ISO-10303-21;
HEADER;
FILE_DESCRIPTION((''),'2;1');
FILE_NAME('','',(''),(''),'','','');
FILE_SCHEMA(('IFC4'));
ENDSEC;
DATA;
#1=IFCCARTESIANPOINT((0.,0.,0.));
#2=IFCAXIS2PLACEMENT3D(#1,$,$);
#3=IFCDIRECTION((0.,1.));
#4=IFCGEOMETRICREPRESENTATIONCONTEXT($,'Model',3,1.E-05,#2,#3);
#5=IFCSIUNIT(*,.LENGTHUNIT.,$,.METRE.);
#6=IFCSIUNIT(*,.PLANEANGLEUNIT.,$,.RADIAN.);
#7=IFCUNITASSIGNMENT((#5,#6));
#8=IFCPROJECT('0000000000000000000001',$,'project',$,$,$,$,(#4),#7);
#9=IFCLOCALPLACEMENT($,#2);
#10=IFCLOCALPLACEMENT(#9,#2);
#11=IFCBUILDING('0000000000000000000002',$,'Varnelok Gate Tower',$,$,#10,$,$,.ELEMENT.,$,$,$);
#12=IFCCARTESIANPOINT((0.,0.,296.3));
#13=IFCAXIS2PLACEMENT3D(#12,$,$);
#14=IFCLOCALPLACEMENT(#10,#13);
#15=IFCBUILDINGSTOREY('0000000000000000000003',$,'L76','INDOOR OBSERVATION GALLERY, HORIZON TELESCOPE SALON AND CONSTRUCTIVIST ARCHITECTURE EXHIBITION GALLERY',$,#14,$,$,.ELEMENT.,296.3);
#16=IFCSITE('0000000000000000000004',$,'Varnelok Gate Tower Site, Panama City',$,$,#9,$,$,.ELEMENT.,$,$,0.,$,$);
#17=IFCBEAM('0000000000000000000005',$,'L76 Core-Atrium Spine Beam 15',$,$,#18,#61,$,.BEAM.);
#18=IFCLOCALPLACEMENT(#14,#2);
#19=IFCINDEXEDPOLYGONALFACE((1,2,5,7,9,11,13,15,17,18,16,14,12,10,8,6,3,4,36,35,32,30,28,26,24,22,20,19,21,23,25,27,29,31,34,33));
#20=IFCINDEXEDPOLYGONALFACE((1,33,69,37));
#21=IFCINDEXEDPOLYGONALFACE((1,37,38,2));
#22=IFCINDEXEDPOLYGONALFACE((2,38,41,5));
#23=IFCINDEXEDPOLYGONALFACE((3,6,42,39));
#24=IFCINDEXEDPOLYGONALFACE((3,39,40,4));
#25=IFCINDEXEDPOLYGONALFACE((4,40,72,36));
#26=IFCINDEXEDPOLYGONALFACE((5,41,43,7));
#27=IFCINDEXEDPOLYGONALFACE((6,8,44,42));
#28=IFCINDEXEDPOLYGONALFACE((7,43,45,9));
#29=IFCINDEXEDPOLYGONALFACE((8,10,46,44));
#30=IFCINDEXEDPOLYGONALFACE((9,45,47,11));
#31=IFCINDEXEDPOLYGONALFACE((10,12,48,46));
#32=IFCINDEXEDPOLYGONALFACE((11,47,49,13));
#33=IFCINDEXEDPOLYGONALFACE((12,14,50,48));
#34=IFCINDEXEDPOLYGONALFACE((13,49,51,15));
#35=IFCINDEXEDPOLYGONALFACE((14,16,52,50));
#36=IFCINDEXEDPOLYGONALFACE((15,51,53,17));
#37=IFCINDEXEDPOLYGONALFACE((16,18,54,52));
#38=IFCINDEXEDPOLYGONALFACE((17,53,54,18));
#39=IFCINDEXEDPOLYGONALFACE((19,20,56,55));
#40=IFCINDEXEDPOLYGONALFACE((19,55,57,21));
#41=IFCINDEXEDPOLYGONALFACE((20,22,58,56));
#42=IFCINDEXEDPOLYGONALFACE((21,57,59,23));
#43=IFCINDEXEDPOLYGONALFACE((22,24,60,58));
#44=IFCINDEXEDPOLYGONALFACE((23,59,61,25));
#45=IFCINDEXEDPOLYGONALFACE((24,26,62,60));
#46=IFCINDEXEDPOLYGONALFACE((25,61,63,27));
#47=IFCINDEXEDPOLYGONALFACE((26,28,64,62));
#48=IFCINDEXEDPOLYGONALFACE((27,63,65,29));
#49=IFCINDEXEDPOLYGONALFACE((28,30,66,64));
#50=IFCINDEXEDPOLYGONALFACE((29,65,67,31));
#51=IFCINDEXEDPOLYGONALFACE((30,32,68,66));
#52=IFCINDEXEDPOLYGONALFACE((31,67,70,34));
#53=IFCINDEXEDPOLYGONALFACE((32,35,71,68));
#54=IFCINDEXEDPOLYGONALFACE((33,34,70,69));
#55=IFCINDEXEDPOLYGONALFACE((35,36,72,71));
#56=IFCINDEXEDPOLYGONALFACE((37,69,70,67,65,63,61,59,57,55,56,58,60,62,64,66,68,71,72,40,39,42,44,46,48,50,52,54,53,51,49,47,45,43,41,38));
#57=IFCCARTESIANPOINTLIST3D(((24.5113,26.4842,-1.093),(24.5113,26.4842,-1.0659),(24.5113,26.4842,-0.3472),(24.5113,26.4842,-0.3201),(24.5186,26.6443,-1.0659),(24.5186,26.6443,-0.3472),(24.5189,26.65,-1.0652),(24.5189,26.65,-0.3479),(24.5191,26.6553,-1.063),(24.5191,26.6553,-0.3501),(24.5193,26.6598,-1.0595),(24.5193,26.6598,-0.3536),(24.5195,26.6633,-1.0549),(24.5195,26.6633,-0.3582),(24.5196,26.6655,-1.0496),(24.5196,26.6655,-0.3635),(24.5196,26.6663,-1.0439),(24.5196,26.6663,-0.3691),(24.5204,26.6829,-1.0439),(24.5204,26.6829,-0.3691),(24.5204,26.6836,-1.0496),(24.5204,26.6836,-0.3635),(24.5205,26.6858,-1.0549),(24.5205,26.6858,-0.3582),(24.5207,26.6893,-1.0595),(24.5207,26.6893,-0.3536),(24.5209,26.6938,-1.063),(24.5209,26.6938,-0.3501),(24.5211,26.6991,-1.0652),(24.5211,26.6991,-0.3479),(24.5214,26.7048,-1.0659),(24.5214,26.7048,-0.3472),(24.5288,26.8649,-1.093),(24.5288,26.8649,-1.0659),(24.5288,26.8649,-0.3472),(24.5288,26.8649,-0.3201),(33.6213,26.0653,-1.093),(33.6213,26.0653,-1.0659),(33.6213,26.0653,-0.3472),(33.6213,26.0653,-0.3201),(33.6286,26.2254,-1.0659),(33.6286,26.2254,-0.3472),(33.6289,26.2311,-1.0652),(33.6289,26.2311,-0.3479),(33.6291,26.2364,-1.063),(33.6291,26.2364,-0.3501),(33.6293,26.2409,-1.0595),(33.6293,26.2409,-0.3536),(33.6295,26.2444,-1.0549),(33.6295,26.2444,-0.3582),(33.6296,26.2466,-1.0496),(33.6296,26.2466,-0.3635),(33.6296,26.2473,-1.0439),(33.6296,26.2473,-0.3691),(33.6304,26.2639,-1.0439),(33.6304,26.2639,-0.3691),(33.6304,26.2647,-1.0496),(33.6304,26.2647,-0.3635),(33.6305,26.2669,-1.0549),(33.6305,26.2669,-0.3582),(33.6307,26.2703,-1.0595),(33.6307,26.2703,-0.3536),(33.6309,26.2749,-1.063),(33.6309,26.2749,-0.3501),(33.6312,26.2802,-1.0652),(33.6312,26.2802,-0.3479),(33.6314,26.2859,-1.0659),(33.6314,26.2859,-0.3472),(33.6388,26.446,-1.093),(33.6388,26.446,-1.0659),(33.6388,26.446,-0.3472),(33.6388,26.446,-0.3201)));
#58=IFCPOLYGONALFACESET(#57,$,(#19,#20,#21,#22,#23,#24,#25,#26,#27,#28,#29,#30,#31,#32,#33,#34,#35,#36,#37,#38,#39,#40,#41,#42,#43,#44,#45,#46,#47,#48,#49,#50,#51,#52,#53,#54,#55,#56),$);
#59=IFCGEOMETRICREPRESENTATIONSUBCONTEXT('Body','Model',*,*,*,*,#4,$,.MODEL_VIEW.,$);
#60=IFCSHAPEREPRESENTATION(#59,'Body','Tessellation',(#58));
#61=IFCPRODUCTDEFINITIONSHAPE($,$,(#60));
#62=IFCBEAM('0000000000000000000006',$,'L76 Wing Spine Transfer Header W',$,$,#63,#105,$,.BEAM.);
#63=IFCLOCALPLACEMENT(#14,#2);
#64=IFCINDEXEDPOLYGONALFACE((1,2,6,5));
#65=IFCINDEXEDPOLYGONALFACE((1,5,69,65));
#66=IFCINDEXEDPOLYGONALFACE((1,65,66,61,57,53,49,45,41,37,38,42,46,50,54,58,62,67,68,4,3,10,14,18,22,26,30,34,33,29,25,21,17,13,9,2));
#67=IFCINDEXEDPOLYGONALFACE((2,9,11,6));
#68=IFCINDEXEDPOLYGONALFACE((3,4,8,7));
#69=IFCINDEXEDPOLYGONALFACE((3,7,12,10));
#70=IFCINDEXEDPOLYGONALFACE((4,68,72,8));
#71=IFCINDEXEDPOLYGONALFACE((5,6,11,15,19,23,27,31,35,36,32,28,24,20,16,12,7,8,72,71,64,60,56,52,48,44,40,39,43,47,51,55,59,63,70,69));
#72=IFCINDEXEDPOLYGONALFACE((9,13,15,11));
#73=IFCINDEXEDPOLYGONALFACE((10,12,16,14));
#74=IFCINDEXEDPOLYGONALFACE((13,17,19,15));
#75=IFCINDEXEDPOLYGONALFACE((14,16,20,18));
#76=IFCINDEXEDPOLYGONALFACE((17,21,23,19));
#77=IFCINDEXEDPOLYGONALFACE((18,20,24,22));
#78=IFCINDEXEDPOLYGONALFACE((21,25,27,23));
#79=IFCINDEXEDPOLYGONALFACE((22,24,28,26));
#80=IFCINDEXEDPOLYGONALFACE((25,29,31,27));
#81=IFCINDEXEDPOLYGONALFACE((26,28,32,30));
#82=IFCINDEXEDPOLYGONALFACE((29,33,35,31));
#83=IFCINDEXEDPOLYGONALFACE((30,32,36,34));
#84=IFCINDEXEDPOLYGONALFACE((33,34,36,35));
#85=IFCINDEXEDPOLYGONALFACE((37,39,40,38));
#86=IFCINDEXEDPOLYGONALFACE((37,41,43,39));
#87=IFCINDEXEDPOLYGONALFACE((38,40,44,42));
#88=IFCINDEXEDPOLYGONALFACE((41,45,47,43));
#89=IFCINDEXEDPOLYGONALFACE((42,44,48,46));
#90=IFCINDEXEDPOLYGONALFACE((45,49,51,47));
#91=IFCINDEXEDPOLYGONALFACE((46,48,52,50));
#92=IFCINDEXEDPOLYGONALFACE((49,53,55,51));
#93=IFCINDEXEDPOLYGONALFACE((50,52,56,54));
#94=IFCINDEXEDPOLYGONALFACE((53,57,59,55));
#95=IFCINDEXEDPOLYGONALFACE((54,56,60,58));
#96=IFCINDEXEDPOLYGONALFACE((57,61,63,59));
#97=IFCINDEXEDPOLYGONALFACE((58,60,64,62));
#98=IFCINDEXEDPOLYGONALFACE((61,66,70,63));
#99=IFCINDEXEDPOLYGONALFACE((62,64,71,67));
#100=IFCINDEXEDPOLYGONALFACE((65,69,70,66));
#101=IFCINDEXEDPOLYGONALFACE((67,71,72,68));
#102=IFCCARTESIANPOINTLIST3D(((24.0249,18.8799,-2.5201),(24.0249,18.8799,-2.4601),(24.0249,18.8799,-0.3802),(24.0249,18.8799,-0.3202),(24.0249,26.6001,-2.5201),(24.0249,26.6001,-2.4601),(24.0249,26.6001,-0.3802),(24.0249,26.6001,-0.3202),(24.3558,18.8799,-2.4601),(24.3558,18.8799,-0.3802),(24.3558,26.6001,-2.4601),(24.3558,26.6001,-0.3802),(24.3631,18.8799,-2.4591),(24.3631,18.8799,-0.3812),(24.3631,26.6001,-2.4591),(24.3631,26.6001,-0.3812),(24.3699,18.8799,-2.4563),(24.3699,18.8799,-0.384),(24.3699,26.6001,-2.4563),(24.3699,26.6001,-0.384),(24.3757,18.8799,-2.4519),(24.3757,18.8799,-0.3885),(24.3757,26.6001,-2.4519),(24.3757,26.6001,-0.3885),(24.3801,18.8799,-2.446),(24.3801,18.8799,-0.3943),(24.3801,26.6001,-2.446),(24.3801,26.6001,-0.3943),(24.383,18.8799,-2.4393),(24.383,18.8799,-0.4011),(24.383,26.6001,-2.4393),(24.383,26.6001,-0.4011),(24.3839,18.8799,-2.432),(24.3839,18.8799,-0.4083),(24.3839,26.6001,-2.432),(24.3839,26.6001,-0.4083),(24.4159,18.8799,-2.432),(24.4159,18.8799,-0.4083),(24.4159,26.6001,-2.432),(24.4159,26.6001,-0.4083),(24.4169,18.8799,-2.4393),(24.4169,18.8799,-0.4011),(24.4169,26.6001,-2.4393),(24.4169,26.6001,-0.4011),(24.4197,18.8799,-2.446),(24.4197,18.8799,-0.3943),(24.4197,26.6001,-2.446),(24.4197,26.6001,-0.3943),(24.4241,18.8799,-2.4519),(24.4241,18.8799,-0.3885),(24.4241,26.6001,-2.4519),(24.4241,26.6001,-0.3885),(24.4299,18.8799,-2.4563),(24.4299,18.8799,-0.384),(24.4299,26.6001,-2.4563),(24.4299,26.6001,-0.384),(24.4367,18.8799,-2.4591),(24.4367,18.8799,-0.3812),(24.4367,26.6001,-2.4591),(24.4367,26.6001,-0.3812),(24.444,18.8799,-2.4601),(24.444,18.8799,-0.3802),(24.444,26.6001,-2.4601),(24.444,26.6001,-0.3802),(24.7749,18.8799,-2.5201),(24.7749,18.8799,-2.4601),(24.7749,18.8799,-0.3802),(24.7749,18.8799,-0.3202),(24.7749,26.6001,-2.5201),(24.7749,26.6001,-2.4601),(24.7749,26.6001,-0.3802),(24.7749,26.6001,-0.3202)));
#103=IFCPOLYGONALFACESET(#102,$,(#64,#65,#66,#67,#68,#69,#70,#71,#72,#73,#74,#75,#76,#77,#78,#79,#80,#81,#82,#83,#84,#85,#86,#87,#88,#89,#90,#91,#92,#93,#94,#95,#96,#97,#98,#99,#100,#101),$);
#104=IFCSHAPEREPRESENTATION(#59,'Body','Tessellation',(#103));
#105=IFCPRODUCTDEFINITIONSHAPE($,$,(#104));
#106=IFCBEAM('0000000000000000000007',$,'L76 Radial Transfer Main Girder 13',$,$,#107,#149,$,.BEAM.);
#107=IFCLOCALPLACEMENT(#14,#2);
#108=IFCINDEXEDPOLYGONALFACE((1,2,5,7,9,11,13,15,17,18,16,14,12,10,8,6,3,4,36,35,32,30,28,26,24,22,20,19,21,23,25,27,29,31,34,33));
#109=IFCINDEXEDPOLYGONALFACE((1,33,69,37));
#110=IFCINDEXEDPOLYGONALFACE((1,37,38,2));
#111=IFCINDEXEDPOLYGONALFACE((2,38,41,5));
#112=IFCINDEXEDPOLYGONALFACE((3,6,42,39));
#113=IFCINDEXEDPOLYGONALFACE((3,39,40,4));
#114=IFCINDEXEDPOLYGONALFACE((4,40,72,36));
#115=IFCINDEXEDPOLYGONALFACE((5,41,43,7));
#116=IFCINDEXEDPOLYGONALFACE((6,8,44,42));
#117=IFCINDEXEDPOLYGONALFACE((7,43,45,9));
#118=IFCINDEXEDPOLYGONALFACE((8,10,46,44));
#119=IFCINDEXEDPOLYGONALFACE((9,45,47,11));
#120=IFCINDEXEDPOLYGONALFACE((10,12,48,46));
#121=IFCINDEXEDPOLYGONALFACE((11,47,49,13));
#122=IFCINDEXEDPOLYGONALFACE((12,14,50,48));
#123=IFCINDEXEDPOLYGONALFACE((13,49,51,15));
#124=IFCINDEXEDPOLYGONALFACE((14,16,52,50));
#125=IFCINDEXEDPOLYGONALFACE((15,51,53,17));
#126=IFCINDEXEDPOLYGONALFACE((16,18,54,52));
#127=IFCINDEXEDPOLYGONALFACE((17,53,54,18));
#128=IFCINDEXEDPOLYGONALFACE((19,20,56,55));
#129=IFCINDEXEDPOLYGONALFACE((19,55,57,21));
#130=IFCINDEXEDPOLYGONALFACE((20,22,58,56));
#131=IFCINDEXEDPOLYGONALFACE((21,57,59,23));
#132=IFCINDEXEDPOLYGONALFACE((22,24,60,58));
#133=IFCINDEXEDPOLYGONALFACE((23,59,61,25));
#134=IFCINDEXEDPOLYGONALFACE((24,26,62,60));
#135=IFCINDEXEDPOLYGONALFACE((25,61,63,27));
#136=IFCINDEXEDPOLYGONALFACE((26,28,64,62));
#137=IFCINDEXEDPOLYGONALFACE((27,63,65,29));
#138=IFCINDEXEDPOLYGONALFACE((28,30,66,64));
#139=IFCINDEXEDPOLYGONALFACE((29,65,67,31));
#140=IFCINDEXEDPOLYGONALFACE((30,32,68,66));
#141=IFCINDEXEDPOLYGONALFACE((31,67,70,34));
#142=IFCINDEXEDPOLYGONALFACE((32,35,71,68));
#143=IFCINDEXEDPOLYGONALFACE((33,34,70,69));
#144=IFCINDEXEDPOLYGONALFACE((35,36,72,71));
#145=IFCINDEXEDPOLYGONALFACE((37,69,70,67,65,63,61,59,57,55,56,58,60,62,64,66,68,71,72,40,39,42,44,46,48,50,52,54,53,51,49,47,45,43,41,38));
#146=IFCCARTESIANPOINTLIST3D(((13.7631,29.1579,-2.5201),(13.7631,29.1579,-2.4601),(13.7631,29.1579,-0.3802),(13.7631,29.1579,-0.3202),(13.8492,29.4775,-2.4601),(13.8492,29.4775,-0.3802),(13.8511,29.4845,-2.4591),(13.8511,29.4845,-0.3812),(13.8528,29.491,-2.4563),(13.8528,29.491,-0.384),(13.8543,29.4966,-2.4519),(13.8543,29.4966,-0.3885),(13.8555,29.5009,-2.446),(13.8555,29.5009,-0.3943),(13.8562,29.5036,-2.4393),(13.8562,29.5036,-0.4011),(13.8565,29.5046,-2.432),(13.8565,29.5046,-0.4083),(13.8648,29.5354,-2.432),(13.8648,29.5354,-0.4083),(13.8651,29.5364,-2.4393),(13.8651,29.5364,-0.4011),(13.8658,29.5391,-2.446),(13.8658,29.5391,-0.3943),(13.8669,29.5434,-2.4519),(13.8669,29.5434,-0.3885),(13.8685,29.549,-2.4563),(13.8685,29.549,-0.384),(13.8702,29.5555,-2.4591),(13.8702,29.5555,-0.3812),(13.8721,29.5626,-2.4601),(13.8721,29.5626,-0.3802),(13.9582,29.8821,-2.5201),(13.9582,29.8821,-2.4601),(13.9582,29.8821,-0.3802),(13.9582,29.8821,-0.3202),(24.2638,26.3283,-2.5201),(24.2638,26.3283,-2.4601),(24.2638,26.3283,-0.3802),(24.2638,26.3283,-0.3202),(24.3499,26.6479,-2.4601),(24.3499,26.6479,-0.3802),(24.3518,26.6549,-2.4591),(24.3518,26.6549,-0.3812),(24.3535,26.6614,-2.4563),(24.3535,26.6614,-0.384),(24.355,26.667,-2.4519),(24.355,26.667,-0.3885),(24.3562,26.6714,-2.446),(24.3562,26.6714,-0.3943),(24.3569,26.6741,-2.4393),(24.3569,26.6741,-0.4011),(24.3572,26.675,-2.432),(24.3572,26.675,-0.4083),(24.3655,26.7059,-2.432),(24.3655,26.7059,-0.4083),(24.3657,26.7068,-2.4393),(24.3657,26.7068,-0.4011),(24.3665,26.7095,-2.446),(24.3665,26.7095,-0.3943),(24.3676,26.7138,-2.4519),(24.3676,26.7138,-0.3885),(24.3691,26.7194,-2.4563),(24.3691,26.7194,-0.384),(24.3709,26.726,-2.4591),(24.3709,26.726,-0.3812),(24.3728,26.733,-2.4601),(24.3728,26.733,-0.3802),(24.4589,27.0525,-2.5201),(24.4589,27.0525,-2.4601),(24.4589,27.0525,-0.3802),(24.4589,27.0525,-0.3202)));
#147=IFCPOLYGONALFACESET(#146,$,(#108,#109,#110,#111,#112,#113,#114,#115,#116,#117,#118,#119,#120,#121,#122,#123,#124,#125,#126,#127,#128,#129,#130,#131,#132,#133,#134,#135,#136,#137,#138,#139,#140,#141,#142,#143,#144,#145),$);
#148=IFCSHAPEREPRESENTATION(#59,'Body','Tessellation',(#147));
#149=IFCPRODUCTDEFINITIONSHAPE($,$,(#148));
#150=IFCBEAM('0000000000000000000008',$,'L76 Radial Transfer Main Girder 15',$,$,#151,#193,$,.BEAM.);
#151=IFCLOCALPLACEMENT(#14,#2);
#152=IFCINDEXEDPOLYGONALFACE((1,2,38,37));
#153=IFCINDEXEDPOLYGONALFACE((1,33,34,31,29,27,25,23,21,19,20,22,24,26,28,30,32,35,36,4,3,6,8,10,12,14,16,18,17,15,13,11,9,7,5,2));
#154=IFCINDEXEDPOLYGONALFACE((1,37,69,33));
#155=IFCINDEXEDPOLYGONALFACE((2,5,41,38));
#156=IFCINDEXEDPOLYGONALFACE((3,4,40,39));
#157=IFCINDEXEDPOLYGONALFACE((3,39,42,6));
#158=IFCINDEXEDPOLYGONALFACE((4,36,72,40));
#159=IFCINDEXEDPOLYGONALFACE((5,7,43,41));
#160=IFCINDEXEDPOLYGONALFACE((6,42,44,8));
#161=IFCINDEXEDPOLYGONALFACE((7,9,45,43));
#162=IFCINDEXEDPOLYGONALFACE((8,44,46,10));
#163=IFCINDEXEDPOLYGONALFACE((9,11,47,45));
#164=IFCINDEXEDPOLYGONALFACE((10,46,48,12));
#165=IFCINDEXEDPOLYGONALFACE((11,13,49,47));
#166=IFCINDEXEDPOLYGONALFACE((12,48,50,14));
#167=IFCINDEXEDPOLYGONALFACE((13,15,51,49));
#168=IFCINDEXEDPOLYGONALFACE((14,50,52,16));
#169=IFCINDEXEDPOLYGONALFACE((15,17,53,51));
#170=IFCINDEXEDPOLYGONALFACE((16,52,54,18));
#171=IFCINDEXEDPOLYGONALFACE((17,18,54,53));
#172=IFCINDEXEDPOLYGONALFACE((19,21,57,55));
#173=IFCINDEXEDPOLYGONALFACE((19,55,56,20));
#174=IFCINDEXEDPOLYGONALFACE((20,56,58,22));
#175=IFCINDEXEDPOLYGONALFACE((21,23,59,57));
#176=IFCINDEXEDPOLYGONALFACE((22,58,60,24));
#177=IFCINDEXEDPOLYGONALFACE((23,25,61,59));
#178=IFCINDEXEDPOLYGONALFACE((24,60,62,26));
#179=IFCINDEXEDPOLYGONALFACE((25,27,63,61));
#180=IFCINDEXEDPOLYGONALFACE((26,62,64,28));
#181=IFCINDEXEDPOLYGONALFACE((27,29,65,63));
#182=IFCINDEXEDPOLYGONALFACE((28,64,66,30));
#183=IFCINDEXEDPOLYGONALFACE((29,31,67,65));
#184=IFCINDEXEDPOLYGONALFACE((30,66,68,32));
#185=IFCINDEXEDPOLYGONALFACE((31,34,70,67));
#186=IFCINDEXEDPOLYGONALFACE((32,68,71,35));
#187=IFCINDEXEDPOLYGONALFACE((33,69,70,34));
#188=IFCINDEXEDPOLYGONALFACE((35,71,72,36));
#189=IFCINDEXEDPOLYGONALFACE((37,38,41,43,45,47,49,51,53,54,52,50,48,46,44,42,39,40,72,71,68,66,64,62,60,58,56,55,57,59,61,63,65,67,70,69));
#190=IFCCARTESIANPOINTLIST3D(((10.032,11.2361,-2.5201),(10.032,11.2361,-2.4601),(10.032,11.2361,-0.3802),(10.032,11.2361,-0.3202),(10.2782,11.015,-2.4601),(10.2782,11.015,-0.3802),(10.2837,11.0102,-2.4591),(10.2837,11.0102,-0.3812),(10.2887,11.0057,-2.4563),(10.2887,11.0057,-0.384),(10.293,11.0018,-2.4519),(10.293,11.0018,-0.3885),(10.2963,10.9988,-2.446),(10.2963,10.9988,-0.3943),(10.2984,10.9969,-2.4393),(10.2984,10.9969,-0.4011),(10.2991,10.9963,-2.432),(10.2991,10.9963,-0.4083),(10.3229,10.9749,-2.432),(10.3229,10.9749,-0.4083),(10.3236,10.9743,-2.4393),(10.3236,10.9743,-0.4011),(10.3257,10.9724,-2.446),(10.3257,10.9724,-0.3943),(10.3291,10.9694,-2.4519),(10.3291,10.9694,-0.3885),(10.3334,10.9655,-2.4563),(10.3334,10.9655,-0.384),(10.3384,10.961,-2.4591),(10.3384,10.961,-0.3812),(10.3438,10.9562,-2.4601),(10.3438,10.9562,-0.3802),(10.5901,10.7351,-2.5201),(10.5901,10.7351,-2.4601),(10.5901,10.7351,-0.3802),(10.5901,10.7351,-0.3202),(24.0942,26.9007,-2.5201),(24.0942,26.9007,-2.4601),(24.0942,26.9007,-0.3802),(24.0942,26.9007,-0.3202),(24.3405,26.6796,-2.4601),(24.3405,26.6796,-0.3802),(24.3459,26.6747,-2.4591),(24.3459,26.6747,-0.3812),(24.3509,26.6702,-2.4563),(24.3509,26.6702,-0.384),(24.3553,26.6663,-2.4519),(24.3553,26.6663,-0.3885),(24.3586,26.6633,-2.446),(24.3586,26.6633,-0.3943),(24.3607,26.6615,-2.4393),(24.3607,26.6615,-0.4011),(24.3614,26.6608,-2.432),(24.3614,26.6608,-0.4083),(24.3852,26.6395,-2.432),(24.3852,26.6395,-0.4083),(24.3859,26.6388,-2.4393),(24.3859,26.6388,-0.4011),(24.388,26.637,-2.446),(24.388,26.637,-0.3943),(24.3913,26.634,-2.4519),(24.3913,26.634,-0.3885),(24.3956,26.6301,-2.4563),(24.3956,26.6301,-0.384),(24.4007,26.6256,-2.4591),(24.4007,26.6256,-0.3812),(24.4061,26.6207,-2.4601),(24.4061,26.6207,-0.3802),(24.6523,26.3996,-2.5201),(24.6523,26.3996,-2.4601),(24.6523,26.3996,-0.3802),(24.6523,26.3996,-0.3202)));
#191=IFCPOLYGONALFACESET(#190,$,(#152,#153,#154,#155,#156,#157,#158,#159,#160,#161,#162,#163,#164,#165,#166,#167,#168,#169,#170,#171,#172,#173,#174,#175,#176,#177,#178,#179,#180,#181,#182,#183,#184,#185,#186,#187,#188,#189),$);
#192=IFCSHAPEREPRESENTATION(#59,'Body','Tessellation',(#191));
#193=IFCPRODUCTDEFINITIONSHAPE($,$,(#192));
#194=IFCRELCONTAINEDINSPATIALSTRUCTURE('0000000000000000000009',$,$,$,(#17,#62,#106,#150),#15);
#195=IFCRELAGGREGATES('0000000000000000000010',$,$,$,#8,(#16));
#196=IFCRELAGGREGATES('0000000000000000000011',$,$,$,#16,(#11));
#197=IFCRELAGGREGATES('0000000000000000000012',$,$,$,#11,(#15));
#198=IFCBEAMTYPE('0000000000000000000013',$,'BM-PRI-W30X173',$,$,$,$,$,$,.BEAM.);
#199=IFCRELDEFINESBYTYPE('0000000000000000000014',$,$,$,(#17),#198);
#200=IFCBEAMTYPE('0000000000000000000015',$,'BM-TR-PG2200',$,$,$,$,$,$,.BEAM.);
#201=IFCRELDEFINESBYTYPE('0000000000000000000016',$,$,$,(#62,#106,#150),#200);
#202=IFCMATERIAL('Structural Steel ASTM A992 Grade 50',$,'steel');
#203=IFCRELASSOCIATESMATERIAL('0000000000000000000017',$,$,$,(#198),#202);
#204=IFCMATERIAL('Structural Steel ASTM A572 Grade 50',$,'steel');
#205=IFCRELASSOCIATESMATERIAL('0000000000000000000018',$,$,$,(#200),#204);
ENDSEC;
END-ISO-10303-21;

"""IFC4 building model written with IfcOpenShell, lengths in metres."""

from ifc_helpers import new_model, si_unit, direction, frame, origin, origin_2d, place, context, subcontext, project, spatial, i_section, extrude, material, material_profile, profile_set, type_object, element, save


model = new_model("IFC4")

# Units and contexts
model_context = context("Model", 3, precision=1e-05, world=origin(), true_north=direction((0.0, 1.0)))
body_context = subcontext(model_context, "Body", "Model", "MODEL_VIEW")
ifc_project = project(units=[si_unit("LENGTHUNIT", "METRE"), si_unit("PLANEANGLEUNIT", "RADIAN")], contexts=[model_context])

# Site, building, storey
site_placement = place(None, origin())
site = spatial("IfcSite", under=ifc_project, at=site_placement, Name="Varnelok Gate Tower Site, Panama City", CompositionType="ELEMENT", RefElevation=0.0)
building_placement = place(site_placement, origin())
building = spatial("IfcBuilding", under=site, at=building_placement, Name="Varnelok Gate Tower", CompositionType="ELEMENT")
storey_placement = place(building_placement, frame((0.0, 0.0, 296.3)))
storey = spatial("IfcBuildingStorey", under=building, at=storey_placement, Name="L76", Description="INDOOR OBSERVATION GALLERY, HORIZON TELESCOPE SALON AND CONSTRUCTIVIST ARCHITECTURE EXHIBITION GALLERY", CompositionType="ELEMENT", Elevation=296.3)

# Beams
ifc_material_1 = material(Name="Structural Steel ASTM A992 Grade 50", Category="steel")
ifc_material_profile_1 = material_profile(ifc_material_1, i_section(OverallWidth=0.3811, OverallDepth=0.7729, WebThickness=0.0166, FlangeThickness=0.0271, FilletRadius=0.022, at=origin_2d()), Name="W30X173")
ifc_profile_set_1 = profile_set([ifc_material_profile_1], Name="Structural Steel ASTM A992 Grade 50")
beam_type_1 = type_object("IfcBeamType", Name="BM-PRI-W30X173", PredefinedType="BEAM", material=ifc_profile_set_1)
beam_1_placement = place(storey_placement, frame((24.52, 26.6746, -0.7065), z_axis=(0.998944, -0.045938, 0.0), x_axis=(0.045938, 0.998944, 0.0)))
element("IfcBeam", 1, at=beam_1_placement, inside=storey, type_object=beam_type_1, Name="L76 Core-Atrium Spine Beam 15", PredefinedType="BEAM", context=body_context, shape_type="SweptSolid", body=[
    extrude(i_section(OverallWidth=0.3811, OverallDepth=0.7729, WebThickness=0.0166, FlangeThickness=0.0271, FilletRadius=0.022, at=origin_2d()), origin(), (0.0, 0.0, 1.0), 9.1196),
])
ifc_material_2 = material(Name="Structural Steel ASTM A572 Grade 50", Category="steel")
ifc_material_profile_2 = material_profile(ifc_material_2, i_section(OverallWidth=0.75, OverallDepth=2.2, WebThickness=0.032, FlangeThickness=0.0601, FilletRadius=0.0281, at=origin_2d()), Name="PG2200X750")
ifc_profile_set_2 = profile_set([ifc_material_profile_2], Name="Structural Steel ASTM A572 Grade 50")
beam_type_2 = type_object("IfcBeamType", Name="BM-TR-PG2200", PredefinedType="BEAM", material=ifc_profile_set_2)
beam_2_placement = place(storey_placement, frame((24.3999, 18.8799, -1.4202), z_axis=(0.0, 1.0, 0.0), x_axis=(-1.0, 0.0, 0.0)))
element("IfcBeam", 2, at=beam_2_placement, inside=storey, type_object=beam_type_2, Name="L76 Wing Spine Transfer Header W", PredefinedType="BEAM", context=body_context, shape_type="SweptSolid", body=[
    extrude(i_section(OverallWidth=0.75, OverallDepth=2.2, WebThickness=0.032, FlangeThickness=0.0601, FilletRadius=0.0281, at=origin_2d()), origin(), (0.0, 0.0, 1.0), 7.7202),
])
beam_3_placement = place(storey_placement, frame((24.3613, 26.6904, -1.4202), z_axis=(-0.965559, 0.260185, 0.0), x_axis=(-0.260185, -0.965559, 0.0)))
element("IfcBeam", 3, at=beam_3_placement, inside=storey, type_object=beam_type_2, Name="L76 Radial Transfer Main Girder 13", PredefinedType="BEAM", context=body_context, shape_type="SweptSolid", body=[
    extrude(i_section(OverallWidth=0.75, OverallDepth=2.2, WebThickness=0.032, FlangeThickness=0.0601, FilletRadius=0.0281, at=origin_2d()), origin(), (0.0, 0.0, 1.0), 10.8752),
])
beam_4_placement = place(storey_placement, frame((24.3733, 26.6501, -1.4202), z_axis=(-0.668024, -0.74414, 0.0), x_axis=(0.74414, -0.668024, 0.0)))
element("IfcBeam", 4, at=beam_4_placement, inside=storey, type_object=beam_type_2, Name="L76 Radial Transfer Main Girder 15", PredefinedType="BEAM", context=body_context, shape_type="SweptSolid", body=[
    extrude(i_section(OverallWidth=0.75, OverallDepth=2.2, WebThickness=0.032, FlangeThickness=0.0601, FilletRadius=0.0281, at=origin_2d()), origin(), (0.0, 0.0, 1.0), 21.0505),
])

save(model, "model.ifc")
